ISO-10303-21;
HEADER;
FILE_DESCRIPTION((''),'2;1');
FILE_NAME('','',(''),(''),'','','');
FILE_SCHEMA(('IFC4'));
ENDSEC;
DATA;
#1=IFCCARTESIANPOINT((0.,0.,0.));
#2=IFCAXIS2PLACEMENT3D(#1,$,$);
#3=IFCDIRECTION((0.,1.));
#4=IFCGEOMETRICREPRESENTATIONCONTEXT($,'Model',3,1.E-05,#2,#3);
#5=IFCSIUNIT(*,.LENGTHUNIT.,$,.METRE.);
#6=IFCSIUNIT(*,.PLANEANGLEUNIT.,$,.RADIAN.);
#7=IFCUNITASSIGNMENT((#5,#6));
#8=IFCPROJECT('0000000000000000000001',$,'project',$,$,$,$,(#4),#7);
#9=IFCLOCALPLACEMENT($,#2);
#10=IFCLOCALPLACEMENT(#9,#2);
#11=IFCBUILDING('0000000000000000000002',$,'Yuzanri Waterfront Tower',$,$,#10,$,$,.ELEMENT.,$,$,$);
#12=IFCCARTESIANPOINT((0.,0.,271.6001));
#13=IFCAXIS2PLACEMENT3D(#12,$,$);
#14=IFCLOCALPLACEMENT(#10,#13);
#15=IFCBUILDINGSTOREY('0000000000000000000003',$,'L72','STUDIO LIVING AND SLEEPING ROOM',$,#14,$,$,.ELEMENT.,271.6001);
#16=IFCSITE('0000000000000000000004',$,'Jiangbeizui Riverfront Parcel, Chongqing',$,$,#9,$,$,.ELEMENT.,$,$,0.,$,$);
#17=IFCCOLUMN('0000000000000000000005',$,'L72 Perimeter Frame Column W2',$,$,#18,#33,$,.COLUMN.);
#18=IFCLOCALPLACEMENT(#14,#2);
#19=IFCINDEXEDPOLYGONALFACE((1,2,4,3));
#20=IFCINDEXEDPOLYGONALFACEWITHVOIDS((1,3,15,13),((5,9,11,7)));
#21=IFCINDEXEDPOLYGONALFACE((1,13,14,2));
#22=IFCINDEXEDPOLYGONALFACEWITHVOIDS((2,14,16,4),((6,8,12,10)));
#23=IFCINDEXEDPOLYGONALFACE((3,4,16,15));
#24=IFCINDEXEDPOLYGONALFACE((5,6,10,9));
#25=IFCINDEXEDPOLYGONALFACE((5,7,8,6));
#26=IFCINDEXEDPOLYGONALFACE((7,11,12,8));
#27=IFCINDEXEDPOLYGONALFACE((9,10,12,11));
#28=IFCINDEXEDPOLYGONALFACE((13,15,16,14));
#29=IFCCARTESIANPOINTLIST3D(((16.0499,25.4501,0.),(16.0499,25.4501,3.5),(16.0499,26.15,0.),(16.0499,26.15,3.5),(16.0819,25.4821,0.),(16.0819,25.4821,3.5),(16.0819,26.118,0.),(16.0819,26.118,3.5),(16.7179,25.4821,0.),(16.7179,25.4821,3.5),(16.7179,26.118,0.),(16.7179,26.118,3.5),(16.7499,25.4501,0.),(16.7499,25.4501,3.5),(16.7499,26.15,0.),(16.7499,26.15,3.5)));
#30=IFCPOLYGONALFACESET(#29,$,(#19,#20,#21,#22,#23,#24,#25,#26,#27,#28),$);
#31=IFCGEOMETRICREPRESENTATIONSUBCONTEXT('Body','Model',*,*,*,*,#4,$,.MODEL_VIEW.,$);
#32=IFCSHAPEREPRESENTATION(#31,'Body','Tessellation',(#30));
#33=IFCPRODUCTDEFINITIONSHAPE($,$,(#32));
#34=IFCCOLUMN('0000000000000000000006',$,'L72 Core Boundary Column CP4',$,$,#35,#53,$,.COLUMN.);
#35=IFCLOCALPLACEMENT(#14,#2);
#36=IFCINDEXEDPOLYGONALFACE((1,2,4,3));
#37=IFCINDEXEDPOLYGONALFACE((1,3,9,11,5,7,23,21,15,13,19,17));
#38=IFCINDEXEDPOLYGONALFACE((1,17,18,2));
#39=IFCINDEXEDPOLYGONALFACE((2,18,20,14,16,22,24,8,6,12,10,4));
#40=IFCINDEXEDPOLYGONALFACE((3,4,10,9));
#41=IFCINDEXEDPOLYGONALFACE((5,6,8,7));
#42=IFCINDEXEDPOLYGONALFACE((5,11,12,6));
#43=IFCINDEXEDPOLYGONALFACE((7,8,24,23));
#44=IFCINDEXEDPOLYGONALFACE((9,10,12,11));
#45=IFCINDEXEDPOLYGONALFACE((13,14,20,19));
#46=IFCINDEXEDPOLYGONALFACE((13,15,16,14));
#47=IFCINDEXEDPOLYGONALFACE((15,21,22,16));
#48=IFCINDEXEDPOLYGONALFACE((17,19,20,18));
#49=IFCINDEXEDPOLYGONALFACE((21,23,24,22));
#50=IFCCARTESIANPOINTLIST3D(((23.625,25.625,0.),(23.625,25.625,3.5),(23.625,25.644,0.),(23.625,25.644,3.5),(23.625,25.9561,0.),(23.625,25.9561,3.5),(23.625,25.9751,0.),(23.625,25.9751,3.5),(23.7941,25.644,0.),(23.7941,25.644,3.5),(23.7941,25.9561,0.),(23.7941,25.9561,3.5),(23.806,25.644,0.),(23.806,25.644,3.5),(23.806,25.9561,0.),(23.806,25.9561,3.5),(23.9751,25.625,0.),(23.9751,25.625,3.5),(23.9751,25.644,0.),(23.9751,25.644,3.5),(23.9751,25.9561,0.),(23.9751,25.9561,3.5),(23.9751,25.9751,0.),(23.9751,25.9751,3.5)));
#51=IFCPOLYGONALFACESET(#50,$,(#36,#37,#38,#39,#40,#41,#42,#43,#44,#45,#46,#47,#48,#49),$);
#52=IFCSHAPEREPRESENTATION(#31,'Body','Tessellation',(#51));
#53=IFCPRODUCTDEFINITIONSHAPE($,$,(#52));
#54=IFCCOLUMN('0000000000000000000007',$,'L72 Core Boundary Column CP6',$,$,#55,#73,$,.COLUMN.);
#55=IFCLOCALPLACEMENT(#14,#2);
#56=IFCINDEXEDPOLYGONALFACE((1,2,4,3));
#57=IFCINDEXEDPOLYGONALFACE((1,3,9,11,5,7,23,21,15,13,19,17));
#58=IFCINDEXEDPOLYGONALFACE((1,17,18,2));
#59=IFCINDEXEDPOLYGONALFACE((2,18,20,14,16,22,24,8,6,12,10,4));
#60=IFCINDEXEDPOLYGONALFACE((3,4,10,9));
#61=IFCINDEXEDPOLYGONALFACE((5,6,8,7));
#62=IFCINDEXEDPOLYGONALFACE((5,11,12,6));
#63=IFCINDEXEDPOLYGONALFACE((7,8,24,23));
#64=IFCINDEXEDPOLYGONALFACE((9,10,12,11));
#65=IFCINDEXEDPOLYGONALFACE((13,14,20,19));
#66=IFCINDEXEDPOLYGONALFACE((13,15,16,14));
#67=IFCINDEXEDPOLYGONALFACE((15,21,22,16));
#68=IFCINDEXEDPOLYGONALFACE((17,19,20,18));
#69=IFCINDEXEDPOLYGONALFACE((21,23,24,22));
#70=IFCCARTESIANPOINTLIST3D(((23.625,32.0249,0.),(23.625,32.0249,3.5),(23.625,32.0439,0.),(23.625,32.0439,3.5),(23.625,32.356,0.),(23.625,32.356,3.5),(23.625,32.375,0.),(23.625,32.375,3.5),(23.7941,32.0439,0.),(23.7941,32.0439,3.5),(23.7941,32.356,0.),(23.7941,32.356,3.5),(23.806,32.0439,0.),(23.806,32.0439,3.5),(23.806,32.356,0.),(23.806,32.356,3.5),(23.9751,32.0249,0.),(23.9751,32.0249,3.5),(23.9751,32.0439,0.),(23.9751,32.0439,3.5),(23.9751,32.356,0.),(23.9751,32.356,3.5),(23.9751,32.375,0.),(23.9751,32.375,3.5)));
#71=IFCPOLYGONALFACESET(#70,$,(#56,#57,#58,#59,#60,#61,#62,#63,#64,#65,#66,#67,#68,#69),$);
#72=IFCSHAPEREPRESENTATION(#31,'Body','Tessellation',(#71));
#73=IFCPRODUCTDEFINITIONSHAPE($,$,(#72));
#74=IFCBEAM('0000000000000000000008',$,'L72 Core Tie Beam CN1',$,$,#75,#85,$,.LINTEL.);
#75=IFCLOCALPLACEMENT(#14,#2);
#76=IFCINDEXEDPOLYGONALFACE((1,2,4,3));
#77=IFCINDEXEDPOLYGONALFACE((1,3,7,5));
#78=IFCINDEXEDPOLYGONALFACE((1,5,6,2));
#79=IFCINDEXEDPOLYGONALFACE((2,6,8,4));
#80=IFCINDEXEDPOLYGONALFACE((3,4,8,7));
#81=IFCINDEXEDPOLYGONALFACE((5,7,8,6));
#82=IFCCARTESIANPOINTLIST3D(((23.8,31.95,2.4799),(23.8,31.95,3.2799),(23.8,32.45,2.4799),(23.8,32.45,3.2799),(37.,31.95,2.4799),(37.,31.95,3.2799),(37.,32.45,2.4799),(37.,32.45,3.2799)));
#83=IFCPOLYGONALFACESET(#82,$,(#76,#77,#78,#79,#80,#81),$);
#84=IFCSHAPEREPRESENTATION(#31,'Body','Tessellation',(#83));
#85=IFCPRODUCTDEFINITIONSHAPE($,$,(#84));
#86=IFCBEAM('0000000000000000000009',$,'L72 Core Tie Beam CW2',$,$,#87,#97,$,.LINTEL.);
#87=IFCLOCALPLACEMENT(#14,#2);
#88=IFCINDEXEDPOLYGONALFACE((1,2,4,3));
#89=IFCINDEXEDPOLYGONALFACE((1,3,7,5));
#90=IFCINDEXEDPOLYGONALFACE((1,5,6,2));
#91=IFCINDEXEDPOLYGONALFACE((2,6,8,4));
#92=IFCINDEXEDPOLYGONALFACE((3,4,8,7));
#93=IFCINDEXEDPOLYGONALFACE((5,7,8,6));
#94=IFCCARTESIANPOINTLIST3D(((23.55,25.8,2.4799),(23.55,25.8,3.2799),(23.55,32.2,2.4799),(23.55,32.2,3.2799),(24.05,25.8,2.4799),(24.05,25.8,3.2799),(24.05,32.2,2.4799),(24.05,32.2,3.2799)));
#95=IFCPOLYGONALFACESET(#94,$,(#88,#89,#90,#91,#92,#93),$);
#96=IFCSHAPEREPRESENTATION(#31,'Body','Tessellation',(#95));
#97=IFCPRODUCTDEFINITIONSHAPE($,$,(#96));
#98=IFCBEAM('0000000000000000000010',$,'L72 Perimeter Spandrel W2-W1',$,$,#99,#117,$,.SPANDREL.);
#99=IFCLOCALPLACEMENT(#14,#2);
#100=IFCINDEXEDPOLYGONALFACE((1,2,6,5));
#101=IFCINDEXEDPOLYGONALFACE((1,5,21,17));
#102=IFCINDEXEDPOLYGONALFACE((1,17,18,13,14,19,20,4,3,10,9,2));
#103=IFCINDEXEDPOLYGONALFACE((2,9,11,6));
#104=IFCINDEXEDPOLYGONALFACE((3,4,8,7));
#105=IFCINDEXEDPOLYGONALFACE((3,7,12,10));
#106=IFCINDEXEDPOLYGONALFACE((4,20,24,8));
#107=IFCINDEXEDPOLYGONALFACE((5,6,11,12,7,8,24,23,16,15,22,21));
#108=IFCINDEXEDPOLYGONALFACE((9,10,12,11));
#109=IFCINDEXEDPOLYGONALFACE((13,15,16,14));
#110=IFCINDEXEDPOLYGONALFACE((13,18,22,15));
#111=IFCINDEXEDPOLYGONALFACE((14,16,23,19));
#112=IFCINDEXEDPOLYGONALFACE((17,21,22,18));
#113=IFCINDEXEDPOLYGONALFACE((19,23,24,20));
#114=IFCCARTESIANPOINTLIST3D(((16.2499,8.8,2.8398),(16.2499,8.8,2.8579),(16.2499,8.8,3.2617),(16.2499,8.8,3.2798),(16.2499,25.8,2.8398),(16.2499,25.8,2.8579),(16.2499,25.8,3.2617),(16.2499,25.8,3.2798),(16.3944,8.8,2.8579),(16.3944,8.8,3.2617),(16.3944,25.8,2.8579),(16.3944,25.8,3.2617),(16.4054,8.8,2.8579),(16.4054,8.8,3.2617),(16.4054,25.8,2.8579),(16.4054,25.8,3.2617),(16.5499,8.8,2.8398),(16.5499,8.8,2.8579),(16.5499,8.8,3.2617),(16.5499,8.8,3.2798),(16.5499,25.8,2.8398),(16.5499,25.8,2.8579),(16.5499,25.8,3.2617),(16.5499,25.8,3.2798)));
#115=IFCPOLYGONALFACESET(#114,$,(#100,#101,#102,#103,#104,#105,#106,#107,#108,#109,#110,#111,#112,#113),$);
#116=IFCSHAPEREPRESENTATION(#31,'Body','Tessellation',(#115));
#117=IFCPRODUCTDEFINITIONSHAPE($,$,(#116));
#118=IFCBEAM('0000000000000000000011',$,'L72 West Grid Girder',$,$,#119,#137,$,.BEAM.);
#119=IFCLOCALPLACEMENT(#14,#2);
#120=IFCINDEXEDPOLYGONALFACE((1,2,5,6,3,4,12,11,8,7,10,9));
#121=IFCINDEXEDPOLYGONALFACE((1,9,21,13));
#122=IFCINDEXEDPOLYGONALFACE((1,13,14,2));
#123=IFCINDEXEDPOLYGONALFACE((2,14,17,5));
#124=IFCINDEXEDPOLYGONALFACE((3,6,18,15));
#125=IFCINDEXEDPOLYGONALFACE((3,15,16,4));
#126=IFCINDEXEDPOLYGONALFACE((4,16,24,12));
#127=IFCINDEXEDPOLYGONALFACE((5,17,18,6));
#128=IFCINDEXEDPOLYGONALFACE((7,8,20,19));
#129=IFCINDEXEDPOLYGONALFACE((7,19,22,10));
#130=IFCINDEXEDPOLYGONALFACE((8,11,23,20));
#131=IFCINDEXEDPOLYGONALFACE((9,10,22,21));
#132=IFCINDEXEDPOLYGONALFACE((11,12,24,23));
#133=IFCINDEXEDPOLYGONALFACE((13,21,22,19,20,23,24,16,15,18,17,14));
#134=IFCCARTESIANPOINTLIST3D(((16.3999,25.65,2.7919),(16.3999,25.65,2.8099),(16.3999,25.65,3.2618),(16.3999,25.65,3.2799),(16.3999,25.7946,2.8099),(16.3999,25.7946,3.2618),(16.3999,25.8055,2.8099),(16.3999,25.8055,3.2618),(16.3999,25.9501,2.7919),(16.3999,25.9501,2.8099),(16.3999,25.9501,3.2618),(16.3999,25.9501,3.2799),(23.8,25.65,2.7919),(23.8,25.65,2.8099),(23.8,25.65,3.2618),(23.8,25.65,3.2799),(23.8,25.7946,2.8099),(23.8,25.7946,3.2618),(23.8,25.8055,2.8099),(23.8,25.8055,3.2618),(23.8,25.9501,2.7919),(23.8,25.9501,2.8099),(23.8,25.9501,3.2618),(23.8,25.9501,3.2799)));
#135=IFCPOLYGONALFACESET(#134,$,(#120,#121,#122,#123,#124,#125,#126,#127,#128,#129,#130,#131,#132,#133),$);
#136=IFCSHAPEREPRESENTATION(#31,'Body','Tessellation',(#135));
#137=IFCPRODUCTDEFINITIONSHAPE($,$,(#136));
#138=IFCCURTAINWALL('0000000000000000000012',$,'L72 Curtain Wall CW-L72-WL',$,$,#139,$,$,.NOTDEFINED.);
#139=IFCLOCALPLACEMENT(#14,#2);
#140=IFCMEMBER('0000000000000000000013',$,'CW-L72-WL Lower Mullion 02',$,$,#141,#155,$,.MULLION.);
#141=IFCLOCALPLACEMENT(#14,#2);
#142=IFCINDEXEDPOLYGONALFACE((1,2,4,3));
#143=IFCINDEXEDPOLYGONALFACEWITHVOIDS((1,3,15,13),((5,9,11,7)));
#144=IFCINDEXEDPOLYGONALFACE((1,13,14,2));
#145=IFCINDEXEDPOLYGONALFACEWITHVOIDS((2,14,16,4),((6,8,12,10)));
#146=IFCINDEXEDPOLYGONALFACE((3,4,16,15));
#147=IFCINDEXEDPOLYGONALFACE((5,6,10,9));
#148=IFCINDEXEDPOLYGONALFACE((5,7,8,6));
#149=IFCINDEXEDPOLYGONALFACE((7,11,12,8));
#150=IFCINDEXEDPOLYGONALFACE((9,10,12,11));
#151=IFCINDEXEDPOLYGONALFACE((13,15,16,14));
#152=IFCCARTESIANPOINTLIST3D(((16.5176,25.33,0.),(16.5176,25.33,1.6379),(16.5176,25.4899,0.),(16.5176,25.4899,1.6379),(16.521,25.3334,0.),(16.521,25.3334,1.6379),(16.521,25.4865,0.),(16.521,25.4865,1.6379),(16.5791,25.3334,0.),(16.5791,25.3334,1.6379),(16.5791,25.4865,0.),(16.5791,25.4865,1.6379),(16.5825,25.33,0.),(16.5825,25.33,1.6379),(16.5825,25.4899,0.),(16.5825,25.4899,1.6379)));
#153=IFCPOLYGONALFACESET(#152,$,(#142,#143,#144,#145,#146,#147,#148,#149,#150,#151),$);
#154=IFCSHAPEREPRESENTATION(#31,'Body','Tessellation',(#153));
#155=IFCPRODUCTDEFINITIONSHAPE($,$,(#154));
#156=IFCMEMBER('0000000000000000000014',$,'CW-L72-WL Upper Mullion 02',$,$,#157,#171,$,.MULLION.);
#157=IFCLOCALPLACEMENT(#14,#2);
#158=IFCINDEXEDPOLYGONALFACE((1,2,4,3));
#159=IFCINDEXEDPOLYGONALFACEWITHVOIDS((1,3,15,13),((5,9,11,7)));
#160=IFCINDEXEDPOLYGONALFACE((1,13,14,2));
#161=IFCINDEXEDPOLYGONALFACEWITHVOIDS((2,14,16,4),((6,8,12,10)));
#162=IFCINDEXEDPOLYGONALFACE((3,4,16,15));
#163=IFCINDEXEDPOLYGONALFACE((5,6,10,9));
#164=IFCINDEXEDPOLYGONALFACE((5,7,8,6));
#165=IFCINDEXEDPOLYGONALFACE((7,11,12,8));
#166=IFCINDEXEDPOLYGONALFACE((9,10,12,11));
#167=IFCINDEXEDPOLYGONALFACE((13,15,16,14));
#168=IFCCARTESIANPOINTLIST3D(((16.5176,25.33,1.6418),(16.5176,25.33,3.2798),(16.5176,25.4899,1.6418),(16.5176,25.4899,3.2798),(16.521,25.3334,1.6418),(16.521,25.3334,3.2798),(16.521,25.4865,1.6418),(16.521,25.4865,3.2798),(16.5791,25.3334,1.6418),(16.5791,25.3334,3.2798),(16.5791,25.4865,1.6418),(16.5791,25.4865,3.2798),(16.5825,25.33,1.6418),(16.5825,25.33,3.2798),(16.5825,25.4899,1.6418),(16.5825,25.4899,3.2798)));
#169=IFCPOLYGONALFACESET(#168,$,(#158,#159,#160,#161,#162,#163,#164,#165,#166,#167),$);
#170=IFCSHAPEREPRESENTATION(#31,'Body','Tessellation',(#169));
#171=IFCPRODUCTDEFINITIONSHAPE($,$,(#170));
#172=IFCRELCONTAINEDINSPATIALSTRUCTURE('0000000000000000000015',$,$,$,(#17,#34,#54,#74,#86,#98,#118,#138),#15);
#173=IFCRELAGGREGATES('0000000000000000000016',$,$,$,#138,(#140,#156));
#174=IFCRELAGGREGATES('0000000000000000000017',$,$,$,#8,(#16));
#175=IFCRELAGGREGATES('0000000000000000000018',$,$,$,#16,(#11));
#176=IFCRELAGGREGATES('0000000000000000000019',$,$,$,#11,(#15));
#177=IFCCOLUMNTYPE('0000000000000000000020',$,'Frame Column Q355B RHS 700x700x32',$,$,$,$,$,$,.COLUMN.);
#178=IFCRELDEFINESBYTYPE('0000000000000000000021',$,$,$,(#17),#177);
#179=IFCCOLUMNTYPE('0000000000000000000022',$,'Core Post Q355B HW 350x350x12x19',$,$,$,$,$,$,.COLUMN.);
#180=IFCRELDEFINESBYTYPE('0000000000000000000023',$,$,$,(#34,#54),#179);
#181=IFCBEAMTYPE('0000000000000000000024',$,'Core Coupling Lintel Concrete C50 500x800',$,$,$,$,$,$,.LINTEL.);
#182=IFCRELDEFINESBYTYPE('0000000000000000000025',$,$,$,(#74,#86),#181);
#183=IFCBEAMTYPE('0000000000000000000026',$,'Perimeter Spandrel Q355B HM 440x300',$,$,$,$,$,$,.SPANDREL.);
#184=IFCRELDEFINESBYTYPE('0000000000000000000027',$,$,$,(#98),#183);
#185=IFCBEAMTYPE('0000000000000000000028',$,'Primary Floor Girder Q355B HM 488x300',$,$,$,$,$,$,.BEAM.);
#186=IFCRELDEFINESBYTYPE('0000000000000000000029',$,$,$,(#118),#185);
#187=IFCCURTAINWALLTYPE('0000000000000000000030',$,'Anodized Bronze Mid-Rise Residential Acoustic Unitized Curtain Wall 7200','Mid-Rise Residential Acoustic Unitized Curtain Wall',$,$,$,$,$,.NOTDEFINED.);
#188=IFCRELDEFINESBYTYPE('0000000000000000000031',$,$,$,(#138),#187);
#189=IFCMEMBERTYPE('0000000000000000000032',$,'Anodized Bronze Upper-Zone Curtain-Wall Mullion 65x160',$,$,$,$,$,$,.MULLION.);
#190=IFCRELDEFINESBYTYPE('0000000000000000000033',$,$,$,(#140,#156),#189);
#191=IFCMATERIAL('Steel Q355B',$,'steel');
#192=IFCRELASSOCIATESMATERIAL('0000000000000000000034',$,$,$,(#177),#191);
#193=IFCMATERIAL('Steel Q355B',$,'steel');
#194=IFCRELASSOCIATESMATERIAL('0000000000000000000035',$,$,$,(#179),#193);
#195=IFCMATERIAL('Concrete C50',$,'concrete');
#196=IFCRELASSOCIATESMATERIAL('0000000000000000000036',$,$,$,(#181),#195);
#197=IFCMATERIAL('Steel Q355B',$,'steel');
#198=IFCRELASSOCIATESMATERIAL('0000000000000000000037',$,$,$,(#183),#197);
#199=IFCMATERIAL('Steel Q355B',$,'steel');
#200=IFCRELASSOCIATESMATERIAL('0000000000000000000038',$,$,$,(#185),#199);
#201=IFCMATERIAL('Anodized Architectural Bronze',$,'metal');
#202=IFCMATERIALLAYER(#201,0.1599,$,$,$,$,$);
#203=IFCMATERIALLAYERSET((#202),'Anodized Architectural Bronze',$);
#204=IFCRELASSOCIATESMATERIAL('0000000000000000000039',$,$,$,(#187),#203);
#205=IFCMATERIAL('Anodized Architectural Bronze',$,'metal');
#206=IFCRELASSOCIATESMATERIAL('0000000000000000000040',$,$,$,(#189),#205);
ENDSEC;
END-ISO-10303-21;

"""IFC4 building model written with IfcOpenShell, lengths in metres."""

from ifc_helpers import new_model, si_unit, direction, frame, origin, origin_2d, place, context, subcontext, project, spatial, rectangle, hollow_rectangle, i_section, extrude, source, transform, mapped, material, layer, layer_set, material_profile, profile_set, type_object, element, aggregate, save


model = new_model("IFC4")

# Units and contexts
model_context = context("Model", 3, precision=1e-05, world=origin(), true_north=direction((0.0, 1.0)))
body_context = subcontext(model_context, "Body", "Model", "MODEL_VIEW")
ifc_project = project(units=[si_unit("LENGTHUNIT", "METRE"), si_unit("PLANEANGLEUNIT", "RADIAN")], contexts=[model_context])

# Site, building, storey
site_placement = place(None, origin())
site = spatial("IfcSite", under=ifc_project, at=site_placement, Name="Jiangbeizui Riverfront Parcel, Chongqing", CompositionType="ELEMENT", RefElevation=0.0)
building_placement = place(site_placement, origin())
building = spatial("IfcBuilding", under=site, at=building_placement, Name="Yuzanri Waterfront Tower", CompositionType="ELEMENT")
storey_placement = place(building_placement, frame((0.0, 0.0, 271.6001)))
storey = spatial("IfcBuildingStorey", under=building, at=storey_placement, Name="L72", Description="STUDIO LIVING AND SLEEPING ROOM", CompositionType="ELEMENT", Elevation=271.6001)

# Columns
ifc_material_1 = material(Name="Steel Q355B", Category="steel")
ifc_material_profile_1 = material_profile(ifc_material_1, hollow_rectangle(XDim=0.7, YDim=0.7, WallThickness=0.032, at=origin_2d()), Name="RHS 700x700x32")
ifc_profile_set_1 = profile_set([ifc_material_profile_1], Name="Steel Q355B")
column_type_1 = type_object("IfcColumnType", Name="Frame Column Q355B RHS 700x700x32", PredefinedType="COLUMN", material=ifc_profile_set_1)
shared_shape_1 = source(origin(), body_context, "Body", "SweptSolid", [
    extrude(hollow_rectangle(XDim=0.7, YDim=0.7, WallThickness=0.032, at=origin_2d()), origin(), (0.0, 0.0, 1.0), 3.5),
])
column_placement = place(storey_placement, frame((16.3999, 25.8, 0.0), z_axis=(0.0, 0.0, 1.0), x_axis=(1.0, 0.0, 0.0)))
element("IfcColumn", 1, at=column_placement, inside=storey, type_object=column_type_1, Name="L72 Perimeter Frame Column W2", PredefinedType="COLUMN", context=body_context, shape_type="MappedRepresentation", body=[
    mapped(shared_shape_1, transform((0.0, 0.0, 0.0), scale=1.0)),
])
ifc_material_2 = material(Name="Steel Q355B", Category="steel")
ifc_material_profile_2 = material_profile(ifc_material_2, i_section(OverallWidth=0.3501, OverallDepth=0.3501, WebThickness=0.012, FlangeThickness=0.019, at=origin_2d()), Name="HW 350x350x12x19")
ifc_profile_set_2 = profile_set([ifc_material_profile_2], Name="Steel Q355B")
column_type_2 = type_object("IfcColumnType", Name="Core Post Q355B HW 350x350x12x19", PredefinedType="COLUMN", material=ifc_profile_set_2)
shared_shape_2 = source(origin(), body_context, "Body", "SweptSolid", [
    extrude(i_section(OverallWidth=0.3501, OverallDepth=0.3501, WebThickness=0.012, FlangeThickness=0.019, at=origin_2d()), origin(), (0.0, 0.0, 1.0), 3.5),
])
for number, where, z_axis, x_axis, name in (
    (2, (23.8, 25.8, 0.0), (0.0, 0.0, 1.0), (1.0, 0.0, 0.0), "L72 Core Boundary Column CP4"),
    (3, (23.8, 32.2, 0.0), (0.0, 0.0, 1.0), (1.0, 0.0, 0.0), "L72 Core Boundary Column CP6"),
):
    element("IfcColumn", number, at=place(storey_placement, frame(where, z_axis=z_axis, x_axis=x_axis)), inside=storey, type_object=column_type_2, Name=name, PredefinedType="COLUMN", context=body_context, shape_type="MappedRepresentation", body=[
        mapped(shared_shape_2, transform((0.0, 0.0, 0.0), scale=1.0)),
    ])

# Beams
ifc_material_3 = material(Name="Concrete C50", Category="concrete")
ifc_material_profile_3 = material_profile(ifc_material_3, rectangle(XDim=0.5, YDim=0.8, at=origin_2d()), Name="RC 500x800")
ifc_profile_set_3 = profile_set([ifc_material_profile_3], Name="Concrete C50")
beam_type_1 = type_object("IfcBeamType", Name="Core Coupling Lintel Concrete C50 500x800", PredefinedType="LINTEL", material=ifc_profile_set_3)
shared_shape_3 = source(origin(), body_context, "Body", "SweptSolid", [
    extrude(rectangle(XDim=0.5, YDim=0.8, at=origin_2d()), origin(), (0.0, 0.0, 1.0), 13.2),
])
beam_1_placement = place(storey_placement, frame((23.8, 32.2, 2.8799), z_axis=(1.0, 0.0, 0.0), x_axis=(0.0, 1.0, 0.0)))
element("IfcBeam", 4, at=beam_1_placement, inside=storey, type_object=beam_type_1, Name="L72 Core Tie Beam CN1", PredefinedType="LINTEL", context=body_context, shape_type="MappedRepresentation", body=[
    mapped(shared_shape_3, transform((0.0, 0.0, 0.0), scale=1.0)),
])
shared_shape_4 = source(origin(), body_context, "Body", "SweptSolid", [
    extrude(rectangle(XDim=0.5, YDim=0.8, at=origin_2d()), origin(), (0.0, 0.0, 1.0), 6.3999),
])
beam_2_placement = place(storey_placement, frame((23.8, 25.8, 2.8799), z_axis=(0.0, 1.0, 0.0), x_axis=(-1.0, 0.0, 0.0)))
element("IfcBeam", 5, at=beam_2_placement, inside=storey, type_object=beam_type_1, Name="L72 Core Tie Beam CW2", PredefinedType="LINTEL", context=body_context, shape_type="MappedRepresentation", body=[
    mapped(shared_shape_4, transform((0.0, 0.0, 0.0), scale=1.0)),
])
ifc_material_4 = material(Name="Steel Q355B", Category="steel")
ifc_material_profile_4 = material_profile(ifc_material_4, i_section(OverallWidth=0.3, OverallDepth=0.4399, WebThickness=0.011, FlangeThickness=0.0181, at=origin_2d()), Name="HM 440x300x11x18")
ifc_profile_set_4 = profile_set([ifc_material_profile_4], Name="Steel Q355B")
beam_type_2 = type_object("IfcBeamType", Name="Perimeter Spandrel Q355B HM 440x300", PredefinedType="SPANDREL", material=ifc_profile_set_4)
shared_shape_5 = source(origin(), body_context, "Body", "SweptSolid", [
    extrude(i_section(OverallWidth=0.3, OverallDepth=0.4399, WebThickness=0.011, FlangeThickness=0.0181, at=origin_2d()), origin(), (0.0, 0.0, 1.0), 17.0),
])
beam_3_placement = place(storey_placement, frame((16.3999, 25.8, 3.0598), z_axis=(0.0, -1.0, 0.0), x_axis=(1.0, 0.0, 0.0)))
element("IfcBeam", 6, at=beam_3_placement, inside=storey, type_object=beam_type_2, Name="L72 Perimeter Spandrel W2-W1", PredefinedType="SPANDREL", context=body_context, shape_type="MappedRepresentation", body=[
    mapped(shared_shape_5, transform((0.0, 0.0, 0.0), scale=1.0)),
])
ifc_material_5 = material(Name="Steel Q355B", Category="steel")
ifc_material_profile_5 = material_profile(ifc_material_5, i_section(OverallWidth=0.3, OverallDepth=0.488, WebThickness=0.011, FlangeThickness=0.0181, at=origin_2d()), Name="HM 488x300x11x18")
ifc_profile_set_5 = profile_set([ifc_material_profile_5], Name="Steel Q355B")
beam_type_3 = type_object("IfcBeamType", Name="Primary Floor Girder Q355B HM 488x300", PredefinedType="BEAM", material=ifc_profile_set_5)
shared_shape_6 = source(origin(), body_context, "Body", "SweptSolid", [
    extrude(i_section(OverallWidth=0.3, OverallDepth=0.488, WebThickness=0.011, FlangeThickness=0.0181, at=origin_2d()), origin(), (0.0, 0.0, 1.0), 7.4001),
])
beam_4_placement = place(storey_placement, frame((23.8, 25.8, 3.0359), z_axis=(-1.0, 0.0, 0.0), x_axis=(0.0, -1.0, 0.0)))
element("IfcBeam", 7, at=beam_4_placement, inside=storey, type_object=beam_type_3, Name="L72 West Grid Girder", PredefinedType="BEAM", context=body_context, shape_type="MappedRepresentation", body=[
    mapped(shared_shape_6, transform((0.0, 0.0, 0.0), scale=1.0)),
])

# Curtain wall, members
ifc_material_6 = material(Name="Anodized Architectural Bronze", Category="metal")
ifc_layer_1 = layer(ifc_material_6, 0.1599)
ifc_layer_set_1 = layer_set([ifc_layer_1], Name="Anodized Architectural Bronze")
curtain_wall_type = type_object("IfcCurtainWallType", Name="Anodized Bronze Mid-Rise Residential Acoustic Unitized Curtain Wall 7200", Description="Mid-Rise Residential Acoustic Unitized Curtain Wall", PredefinedType="NOTDEFINED", material=ifc_layer_set_1)
curtain_wall_1_placement = place(storey_placement, origin())
curtain_wall_1 = element("IfcCurtainWall", 8, at=curtain_wall_1_placement, inside=storey, type_object=curtain_wall_type, Name="L72 Curtain Wall CW-L72-WL", PredefinedType="NOTDEFINED")
ifc_material_7 = material(Name="Anodized Architectural Bronze", Category="metal")
ifc_material_profile_6 = material_profile(ifc_material_7, hollow_rectangle(XDim=0.0649, YDim=0.1599, WallThickness=0.0034, at=origin_2d()), Name="CWM 65x160")
ifc_profile_set_6 = profile_set([ifc_material_profile_6], Name="Anodized Architectural Bronze")
member_type_1 = type_object("IfcMemberType", Name="Anodized Bronze Upper-Zone Curtain-Wall Mullion 65x160", PredefinedType="MULLION", material=ifc_profile_set_6)
shared_shape_7 = source(origin(), body_context, "Body", "SweptSolid", [
    extrude(hollow_rectangle(XDim=0.0649, YDim=0.1599, WallThickness=0.0034, at=origin_2d()), origin(), (0.0, 0.0, 1.0), 1.6379),
])
member_1_placement = place(storey_placement, frame((16.55, 25.4099, 0.0), z_axis=(0.0, 0.0, 1.0), x_axis=(1.0, 0.0, 0.0)))
member_1 = element("IfcMember", 9, at=member_1_placement, type_object=member_type_1, Name="CW-L72-WL Lower Mullion 02", PredefinedType="MULLION", context=body_context, shape_type="MappedRepresentation", body=[
    mapped(shared_shape_7, transform((0.0, 0.0, 0.0), scale=1.0)),
])
member_2_placement = place(storey_placement, frame((16.55, 25.4099, 1.6418), z_axis=(0.0, 0.0, 1.0), x_axis=(1.0, 0.0, 0.0)))
member_2 = element("IfcMember", 10, at=member_2_placement, type_object=member_type_1, Name="CW-L72-WL Upper Mullion 02", PredefinedType="MULLION", context=body_context, shape_type="MappedRepresentation", body=[
    mapped(shared_shape_7, transform((0.0, 0.0, 0.0), scale=1.0)),
])
aggregate(curtain_wall_1, [member_1, member_2])

save(model, "model.ifc")
